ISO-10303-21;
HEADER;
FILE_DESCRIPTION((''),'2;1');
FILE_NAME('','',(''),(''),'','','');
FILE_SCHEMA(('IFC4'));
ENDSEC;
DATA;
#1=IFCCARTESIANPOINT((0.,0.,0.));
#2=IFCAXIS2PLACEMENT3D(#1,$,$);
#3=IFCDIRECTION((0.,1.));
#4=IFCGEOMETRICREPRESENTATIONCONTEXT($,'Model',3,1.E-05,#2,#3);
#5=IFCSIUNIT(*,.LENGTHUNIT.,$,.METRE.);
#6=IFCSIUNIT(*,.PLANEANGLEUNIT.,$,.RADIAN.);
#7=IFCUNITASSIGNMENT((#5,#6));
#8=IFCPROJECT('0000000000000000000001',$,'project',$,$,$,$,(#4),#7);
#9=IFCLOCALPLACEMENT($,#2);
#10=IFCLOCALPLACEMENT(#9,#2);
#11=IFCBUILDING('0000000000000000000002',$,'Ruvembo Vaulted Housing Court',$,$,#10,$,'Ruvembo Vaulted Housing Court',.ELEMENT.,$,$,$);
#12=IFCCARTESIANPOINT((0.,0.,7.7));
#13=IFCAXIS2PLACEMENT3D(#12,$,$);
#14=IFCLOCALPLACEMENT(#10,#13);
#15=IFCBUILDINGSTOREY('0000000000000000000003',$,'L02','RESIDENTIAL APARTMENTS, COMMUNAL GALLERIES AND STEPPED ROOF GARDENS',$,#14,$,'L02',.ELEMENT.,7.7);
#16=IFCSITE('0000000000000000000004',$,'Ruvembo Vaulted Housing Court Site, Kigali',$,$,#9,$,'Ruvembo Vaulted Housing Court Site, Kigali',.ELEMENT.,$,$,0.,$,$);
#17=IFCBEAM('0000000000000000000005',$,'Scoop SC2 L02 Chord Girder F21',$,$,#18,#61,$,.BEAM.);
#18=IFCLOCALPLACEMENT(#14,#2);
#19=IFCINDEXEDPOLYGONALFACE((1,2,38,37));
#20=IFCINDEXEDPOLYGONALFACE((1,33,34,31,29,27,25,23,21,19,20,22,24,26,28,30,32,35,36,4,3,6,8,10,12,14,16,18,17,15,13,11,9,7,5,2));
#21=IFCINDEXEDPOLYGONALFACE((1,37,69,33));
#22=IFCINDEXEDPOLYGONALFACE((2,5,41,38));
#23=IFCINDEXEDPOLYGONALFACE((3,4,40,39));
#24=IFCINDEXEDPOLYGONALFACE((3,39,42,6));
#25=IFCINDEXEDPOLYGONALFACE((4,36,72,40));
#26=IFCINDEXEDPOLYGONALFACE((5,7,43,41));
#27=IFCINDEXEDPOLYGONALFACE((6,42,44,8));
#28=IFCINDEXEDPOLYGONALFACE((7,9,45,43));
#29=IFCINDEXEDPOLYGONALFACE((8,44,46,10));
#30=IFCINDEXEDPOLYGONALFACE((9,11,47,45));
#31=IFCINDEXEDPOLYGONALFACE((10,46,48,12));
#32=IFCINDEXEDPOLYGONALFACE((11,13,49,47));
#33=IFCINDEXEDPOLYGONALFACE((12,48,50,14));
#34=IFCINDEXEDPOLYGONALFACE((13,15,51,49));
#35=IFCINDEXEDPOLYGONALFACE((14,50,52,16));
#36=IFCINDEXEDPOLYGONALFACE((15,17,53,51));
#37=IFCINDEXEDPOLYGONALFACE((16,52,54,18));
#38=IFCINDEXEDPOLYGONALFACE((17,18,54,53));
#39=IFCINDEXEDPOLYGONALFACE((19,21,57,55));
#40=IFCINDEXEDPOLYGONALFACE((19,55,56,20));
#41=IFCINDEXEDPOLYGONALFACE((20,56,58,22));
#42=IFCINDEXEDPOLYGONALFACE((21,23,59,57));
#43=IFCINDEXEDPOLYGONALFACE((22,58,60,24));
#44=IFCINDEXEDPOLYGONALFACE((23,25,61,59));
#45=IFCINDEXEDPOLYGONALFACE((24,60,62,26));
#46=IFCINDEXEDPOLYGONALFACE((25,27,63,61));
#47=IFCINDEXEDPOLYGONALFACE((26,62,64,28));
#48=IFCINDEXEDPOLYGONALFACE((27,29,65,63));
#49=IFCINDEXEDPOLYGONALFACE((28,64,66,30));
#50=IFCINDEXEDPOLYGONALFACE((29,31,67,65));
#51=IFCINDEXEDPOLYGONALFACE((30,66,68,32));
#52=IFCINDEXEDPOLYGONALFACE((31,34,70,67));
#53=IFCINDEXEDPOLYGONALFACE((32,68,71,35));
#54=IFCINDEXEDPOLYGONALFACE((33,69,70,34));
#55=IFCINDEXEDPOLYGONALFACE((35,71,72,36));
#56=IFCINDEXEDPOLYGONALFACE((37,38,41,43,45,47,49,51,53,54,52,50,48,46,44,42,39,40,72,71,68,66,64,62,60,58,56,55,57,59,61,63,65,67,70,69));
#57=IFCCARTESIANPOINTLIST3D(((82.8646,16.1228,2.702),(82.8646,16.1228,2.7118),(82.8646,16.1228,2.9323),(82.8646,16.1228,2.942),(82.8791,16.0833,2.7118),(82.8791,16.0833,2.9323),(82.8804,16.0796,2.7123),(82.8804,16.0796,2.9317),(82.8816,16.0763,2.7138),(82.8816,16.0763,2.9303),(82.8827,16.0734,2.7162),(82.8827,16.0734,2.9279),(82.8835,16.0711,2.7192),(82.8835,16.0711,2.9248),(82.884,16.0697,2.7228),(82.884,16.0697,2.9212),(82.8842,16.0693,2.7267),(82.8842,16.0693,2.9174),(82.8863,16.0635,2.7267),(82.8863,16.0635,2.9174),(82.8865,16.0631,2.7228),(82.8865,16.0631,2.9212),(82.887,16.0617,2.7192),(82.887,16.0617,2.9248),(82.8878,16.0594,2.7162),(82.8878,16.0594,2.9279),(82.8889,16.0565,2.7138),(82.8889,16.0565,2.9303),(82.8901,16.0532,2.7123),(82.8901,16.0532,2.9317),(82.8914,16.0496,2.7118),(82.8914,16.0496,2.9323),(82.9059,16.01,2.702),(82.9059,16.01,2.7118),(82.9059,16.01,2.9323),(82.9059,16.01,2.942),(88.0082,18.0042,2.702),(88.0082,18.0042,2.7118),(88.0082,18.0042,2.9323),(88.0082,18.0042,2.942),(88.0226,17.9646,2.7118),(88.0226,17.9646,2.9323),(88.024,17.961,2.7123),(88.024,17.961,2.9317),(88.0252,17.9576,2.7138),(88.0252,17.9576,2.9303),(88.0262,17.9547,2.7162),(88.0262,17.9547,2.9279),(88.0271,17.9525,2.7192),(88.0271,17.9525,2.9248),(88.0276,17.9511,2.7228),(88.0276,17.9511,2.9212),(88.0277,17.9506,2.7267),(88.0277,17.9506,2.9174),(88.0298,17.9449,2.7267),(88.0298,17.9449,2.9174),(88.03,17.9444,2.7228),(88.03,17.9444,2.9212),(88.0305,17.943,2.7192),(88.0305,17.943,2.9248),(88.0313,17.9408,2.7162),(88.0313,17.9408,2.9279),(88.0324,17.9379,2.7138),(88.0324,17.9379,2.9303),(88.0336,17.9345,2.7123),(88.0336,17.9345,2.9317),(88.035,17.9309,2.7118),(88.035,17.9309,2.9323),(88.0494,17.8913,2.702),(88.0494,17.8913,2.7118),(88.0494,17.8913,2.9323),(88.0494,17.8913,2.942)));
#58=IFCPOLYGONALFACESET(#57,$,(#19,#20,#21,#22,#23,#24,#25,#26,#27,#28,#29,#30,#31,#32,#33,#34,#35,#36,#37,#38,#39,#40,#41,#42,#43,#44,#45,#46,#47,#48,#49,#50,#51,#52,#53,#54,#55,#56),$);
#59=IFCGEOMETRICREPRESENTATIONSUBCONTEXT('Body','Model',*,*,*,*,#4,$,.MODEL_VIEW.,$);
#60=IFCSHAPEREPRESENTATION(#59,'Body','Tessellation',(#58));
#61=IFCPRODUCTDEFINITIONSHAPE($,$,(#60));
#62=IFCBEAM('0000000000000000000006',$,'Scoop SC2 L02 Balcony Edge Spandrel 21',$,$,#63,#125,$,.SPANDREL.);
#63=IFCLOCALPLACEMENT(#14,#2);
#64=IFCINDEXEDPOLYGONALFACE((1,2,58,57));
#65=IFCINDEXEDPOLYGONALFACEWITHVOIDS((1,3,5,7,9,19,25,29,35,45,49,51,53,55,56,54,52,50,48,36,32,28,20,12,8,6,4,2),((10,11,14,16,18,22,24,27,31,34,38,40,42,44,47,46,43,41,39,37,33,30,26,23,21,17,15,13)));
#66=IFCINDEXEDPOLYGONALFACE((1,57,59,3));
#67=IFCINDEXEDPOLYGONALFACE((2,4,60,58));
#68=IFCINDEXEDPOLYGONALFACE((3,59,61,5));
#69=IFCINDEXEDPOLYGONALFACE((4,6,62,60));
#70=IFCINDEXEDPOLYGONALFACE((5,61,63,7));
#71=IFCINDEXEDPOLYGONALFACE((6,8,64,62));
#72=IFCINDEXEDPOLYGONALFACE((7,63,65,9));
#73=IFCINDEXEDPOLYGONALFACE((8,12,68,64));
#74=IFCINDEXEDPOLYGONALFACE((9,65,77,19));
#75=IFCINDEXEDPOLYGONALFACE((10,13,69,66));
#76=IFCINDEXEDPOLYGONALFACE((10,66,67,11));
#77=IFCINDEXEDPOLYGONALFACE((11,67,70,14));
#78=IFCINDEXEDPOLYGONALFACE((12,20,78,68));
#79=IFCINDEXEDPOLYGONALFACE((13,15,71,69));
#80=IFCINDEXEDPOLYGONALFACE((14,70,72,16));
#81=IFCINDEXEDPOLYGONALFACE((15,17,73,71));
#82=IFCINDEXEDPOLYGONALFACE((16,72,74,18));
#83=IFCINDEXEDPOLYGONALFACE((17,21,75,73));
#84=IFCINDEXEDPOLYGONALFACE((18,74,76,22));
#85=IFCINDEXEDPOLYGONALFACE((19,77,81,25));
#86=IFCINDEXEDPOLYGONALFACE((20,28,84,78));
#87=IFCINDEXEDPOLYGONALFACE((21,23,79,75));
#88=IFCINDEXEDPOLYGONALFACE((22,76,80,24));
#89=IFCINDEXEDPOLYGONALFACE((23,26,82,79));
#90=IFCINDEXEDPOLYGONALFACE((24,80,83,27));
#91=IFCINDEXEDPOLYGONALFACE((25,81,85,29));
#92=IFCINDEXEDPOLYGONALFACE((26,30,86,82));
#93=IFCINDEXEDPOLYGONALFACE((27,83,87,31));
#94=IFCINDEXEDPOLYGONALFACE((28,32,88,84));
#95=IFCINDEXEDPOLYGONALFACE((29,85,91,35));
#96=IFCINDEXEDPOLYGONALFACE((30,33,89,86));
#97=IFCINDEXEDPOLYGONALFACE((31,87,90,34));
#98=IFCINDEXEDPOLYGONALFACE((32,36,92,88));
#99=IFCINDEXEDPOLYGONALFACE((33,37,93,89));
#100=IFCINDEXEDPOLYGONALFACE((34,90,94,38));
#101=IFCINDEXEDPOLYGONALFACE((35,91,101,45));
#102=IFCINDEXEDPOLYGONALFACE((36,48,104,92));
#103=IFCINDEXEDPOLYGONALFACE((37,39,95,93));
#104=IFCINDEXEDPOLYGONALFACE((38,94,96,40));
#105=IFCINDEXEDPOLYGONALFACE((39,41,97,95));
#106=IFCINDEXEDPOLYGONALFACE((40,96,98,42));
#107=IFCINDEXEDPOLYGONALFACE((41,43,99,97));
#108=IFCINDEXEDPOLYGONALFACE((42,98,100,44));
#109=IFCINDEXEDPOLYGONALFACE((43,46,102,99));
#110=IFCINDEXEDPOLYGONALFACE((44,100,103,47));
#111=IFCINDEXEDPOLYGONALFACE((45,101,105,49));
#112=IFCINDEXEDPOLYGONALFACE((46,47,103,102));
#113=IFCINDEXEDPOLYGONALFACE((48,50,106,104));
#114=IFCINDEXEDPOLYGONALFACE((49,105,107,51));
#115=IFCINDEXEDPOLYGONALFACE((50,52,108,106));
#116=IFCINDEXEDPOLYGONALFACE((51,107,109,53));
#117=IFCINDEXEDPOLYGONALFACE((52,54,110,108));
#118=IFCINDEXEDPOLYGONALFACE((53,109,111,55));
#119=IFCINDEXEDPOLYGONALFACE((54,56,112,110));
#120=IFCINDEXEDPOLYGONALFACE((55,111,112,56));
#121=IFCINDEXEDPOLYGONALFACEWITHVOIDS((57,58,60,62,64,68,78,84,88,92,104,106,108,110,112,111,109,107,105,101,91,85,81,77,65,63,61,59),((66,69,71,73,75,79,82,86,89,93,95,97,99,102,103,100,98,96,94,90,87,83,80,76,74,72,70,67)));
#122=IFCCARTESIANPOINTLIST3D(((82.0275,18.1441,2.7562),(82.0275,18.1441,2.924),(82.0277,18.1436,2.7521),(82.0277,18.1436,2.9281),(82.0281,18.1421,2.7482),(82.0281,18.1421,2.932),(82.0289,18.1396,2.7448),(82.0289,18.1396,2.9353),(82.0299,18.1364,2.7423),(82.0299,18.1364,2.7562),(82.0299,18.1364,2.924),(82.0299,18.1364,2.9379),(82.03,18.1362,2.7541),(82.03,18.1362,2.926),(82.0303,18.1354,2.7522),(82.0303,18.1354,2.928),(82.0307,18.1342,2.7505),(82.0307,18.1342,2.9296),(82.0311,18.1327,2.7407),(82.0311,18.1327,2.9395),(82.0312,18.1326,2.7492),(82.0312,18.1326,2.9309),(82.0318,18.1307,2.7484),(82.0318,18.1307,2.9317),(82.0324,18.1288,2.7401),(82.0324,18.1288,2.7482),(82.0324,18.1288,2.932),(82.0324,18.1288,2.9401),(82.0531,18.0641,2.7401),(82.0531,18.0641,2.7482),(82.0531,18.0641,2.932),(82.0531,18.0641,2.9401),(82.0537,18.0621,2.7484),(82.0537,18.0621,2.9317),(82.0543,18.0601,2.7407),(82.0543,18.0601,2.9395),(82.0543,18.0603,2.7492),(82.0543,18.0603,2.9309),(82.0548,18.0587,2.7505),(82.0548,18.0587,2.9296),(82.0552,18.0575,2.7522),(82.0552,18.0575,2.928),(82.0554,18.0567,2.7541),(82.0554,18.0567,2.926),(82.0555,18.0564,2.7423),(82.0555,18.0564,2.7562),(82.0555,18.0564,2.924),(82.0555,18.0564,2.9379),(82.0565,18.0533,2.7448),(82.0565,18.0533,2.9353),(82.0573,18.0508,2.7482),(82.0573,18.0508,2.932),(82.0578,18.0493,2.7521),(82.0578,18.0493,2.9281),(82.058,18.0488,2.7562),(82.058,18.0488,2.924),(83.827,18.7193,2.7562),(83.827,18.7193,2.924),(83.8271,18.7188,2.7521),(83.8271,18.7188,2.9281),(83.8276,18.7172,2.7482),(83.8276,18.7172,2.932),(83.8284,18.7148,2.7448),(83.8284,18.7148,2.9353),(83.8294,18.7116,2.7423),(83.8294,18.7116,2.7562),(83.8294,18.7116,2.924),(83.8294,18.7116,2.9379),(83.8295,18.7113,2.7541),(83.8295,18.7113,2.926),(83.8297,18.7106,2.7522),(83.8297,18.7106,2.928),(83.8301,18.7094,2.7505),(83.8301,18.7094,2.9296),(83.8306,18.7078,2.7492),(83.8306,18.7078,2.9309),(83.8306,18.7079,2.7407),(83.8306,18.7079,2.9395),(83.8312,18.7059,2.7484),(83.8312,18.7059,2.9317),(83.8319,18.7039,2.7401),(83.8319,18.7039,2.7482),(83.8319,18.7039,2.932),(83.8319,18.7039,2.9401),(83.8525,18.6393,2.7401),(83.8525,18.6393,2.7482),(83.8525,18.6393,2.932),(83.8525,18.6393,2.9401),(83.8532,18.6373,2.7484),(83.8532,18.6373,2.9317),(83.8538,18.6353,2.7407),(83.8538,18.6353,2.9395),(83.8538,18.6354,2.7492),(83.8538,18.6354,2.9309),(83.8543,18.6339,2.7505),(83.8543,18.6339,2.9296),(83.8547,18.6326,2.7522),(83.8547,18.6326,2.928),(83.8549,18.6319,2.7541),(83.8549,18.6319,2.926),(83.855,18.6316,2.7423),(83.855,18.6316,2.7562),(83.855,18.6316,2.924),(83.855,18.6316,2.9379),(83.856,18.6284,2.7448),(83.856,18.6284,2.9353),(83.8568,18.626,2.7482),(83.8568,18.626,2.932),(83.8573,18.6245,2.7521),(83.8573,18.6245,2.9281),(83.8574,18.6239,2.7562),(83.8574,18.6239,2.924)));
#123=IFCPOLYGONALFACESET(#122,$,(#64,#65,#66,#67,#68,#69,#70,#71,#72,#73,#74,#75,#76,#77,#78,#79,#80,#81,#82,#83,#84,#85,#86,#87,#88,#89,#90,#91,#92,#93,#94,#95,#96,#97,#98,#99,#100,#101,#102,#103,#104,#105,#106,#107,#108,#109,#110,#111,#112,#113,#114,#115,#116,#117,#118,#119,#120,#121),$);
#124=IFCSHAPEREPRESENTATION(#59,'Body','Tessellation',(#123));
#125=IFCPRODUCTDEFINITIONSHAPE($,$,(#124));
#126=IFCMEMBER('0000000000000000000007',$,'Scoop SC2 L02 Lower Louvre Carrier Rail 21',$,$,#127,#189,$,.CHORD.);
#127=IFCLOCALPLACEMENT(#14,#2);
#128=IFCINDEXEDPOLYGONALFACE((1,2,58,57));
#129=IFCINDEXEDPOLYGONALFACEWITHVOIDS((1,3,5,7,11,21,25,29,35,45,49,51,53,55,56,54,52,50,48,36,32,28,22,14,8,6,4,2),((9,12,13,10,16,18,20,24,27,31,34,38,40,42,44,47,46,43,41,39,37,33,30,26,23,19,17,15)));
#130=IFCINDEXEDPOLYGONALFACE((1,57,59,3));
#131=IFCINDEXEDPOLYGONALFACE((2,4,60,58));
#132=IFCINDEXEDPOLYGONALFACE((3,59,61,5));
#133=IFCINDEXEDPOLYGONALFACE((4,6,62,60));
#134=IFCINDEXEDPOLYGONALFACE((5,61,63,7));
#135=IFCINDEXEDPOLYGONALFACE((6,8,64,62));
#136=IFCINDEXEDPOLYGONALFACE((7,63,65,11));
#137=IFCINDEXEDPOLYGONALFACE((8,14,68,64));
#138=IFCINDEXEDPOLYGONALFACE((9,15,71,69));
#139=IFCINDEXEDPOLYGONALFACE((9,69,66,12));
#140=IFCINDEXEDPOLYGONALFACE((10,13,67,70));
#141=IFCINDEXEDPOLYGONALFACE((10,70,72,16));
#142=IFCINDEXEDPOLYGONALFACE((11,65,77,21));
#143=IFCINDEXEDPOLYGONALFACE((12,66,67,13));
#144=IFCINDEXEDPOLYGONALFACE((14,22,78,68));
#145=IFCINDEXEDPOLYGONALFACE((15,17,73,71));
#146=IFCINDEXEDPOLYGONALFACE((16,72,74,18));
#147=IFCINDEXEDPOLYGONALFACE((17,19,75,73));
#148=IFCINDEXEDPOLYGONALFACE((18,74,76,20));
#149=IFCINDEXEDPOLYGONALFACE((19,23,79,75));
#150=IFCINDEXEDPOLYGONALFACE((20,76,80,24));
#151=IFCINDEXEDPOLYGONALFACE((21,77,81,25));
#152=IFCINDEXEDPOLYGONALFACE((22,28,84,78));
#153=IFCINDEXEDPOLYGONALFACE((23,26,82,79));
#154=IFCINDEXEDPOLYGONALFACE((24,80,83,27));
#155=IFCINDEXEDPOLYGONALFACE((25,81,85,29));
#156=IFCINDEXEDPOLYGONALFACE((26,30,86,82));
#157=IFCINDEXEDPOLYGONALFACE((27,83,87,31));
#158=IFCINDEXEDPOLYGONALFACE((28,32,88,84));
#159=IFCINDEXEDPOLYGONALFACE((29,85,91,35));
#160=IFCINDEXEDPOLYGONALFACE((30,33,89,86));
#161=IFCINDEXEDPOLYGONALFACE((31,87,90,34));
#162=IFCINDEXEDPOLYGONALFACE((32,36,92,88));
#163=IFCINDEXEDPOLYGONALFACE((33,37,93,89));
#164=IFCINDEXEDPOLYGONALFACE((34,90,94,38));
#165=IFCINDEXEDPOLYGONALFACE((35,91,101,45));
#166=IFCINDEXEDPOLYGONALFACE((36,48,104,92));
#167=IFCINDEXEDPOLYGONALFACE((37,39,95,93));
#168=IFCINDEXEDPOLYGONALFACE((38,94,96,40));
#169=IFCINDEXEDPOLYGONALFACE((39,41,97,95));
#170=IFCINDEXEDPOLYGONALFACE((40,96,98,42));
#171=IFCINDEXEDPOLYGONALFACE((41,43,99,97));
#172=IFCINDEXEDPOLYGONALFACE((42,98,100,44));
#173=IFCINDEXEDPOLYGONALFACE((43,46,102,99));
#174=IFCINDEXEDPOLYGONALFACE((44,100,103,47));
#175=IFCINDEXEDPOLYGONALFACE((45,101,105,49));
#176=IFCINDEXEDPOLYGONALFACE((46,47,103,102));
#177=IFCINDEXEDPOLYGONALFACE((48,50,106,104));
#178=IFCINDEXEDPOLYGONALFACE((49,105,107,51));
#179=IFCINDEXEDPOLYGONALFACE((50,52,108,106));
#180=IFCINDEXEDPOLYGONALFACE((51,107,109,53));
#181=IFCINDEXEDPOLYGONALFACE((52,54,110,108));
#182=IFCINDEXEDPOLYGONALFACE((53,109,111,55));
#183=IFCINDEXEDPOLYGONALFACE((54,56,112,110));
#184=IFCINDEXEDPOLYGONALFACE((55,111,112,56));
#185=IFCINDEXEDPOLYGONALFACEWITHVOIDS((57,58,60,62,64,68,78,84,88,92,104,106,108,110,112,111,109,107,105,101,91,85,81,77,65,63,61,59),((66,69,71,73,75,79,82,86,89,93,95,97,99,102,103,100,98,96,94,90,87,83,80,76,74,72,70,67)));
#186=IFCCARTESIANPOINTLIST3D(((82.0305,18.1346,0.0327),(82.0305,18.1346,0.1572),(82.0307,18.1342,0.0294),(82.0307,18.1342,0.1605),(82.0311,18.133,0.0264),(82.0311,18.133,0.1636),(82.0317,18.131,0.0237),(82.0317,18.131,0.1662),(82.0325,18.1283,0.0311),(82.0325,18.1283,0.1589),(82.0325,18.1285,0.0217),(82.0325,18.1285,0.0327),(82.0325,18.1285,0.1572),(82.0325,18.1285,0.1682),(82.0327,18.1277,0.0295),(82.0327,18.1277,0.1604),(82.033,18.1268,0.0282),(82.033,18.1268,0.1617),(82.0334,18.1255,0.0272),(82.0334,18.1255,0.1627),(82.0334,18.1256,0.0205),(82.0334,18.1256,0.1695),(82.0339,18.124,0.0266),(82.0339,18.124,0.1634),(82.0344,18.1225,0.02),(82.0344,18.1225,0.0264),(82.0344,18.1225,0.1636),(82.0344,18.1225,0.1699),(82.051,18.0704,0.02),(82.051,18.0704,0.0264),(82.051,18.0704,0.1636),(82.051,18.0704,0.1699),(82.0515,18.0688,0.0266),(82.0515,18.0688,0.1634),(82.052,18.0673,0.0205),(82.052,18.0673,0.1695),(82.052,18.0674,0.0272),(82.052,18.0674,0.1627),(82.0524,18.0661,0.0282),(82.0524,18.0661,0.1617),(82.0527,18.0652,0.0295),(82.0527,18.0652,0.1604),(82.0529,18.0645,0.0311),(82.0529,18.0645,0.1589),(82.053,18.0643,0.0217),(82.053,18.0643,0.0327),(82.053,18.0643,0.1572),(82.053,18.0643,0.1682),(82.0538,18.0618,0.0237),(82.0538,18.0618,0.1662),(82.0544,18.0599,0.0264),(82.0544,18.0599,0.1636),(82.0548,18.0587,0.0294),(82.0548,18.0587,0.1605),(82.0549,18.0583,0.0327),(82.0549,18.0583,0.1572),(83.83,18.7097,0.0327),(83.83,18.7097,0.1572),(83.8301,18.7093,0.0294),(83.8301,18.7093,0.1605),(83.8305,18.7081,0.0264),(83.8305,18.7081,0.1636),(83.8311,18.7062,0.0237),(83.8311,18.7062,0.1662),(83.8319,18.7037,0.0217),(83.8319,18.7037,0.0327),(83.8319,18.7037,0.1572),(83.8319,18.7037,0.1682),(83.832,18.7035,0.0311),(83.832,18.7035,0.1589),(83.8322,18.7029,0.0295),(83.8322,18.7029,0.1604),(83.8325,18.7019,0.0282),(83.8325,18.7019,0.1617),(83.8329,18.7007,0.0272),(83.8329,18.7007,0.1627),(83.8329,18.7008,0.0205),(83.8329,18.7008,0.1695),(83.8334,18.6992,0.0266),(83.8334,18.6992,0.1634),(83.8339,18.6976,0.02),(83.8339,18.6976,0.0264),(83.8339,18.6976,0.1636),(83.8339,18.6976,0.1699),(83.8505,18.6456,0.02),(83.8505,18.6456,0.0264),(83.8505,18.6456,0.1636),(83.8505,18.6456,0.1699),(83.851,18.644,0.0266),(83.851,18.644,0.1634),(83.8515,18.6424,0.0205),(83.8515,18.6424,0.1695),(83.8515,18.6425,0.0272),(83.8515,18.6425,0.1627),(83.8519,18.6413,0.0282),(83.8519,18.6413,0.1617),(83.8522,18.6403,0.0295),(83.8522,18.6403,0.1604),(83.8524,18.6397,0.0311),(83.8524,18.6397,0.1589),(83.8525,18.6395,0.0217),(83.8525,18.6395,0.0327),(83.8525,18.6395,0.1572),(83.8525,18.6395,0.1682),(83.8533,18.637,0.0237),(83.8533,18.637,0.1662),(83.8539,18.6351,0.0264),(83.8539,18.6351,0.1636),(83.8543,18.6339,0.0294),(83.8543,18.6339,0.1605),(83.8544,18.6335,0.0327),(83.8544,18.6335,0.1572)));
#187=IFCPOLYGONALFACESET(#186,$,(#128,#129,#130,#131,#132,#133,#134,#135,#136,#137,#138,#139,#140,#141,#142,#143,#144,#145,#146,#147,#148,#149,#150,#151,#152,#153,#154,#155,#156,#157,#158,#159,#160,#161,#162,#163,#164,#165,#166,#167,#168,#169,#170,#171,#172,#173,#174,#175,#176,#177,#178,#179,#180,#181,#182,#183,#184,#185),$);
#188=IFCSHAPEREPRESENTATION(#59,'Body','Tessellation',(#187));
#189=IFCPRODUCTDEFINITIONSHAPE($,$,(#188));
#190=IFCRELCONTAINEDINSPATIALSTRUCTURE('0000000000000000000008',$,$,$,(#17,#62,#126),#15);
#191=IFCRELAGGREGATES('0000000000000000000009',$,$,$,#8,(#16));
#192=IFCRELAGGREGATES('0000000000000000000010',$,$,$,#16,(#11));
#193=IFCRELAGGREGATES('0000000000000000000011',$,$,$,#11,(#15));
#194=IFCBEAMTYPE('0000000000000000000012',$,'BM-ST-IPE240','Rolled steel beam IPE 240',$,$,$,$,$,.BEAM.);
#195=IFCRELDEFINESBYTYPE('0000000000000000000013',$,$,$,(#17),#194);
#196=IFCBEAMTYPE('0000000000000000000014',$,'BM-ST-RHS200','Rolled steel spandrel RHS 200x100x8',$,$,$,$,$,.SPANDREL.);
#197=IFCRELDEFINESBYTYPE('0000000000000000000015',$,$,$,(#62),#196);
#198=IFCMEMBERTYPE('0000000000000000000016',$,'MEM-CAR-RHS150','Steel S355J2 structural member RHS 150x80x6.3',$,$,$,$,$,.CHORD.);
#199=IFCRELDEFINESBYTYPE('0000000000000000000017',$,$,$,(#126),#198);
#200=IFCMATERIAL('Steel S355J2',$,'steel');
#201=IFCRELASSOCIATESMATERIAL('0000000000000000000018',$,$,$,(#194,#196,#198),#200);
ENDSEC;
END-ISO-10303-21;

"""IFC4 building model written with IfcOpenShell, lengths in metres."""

from ifc_helpers import new_model, si_unit, direction, frame, origin, origin_2d, place, context, subcontext, project, spatial, hollow_rectangle, i_section, extrude, material, material_profile, profile_set, type_object, element, save


model = new_model("IFC4")

# Units and contexts
model_context = context("Model", 3, precision=1e-05, world=origin(), true_north=direction((0.0, 1.0)))
body_context = subcontext(model_context, "Body", "Model", "MODEL_VIEW")
ifc_project = project(units=[si_unit("LENGTHUNIT", "METRE"), si_unit("PLANEANGLEUNIT", "RADIAN")], contexts=[model_context])

# Site, building, storey
site_placement = place(None, origin())
site = spatial("IfcSite", under=ifc_project, at=site_placement, Name="Ruvembo Vaulted Housing Court Site, Kigali", LongName="Ruvembo Vaulted Housing Court Site, Kigali", CompositionType="ELEMENT", RefElevation=0.0)
building_placement = place(site_placement, origin())
building = spatial("IfcBuilding", under=site, at=building_placement, Name="Ruvembo Vaulted Housing Court", LongName="Ruvembo Vaulted Housing Court", CompositionType="ELEMENT")
storey_placement = place(building_placement, frame((0.0, 0.0, 7.7)))
storey = spatial("IfcBuildingStorey", under=building, at=storey_placement, Name="L02", Description="RESIDENTIAL APARTMENTS, COMMUNAL GALLERIES AND STEPPED ROOF GARDENS", LongName="L02", CompositionType="ELEMENT", Elevation=7.7)

# Beams
ifc_material_1 = material(Name="Steel S355J2", Category="steel")
ifc_material_profile_1 = material_profile(ifc_material_1, i_section(OverallWidth=0.1201, OverallDepth=0.24, WebThickness=0.0061, FlangeThickness=0.0098, FilletRadius=0.0149, at=origin_2d()), Name="IPE 240")
ifc_profile_set_1 = profile_set([ifc_material_profile_1], Name="Steel S355J2")
beam_type_1 = type_object("IfcBeamType", Name="BM-ST-IPE240", Description="Rolled steel beam IPE 240", PredefinedType="BEAM", material=ifc_profile_set_1)
beam_1_placement = place(storey_placement, frame((82.8853, 16.0664, 2.822), z_axis=(0.939149, 0.343511, 0.0), x_axis=(-0.343511, 0.939149, 0.0)))
element("IfcBeam", 1, at=beam_1_placement, inside=storey, type_object=beam_type_1, Name="Scoop SC2 L02 Chord Girder F21", PredefinedType="BEAM", context=body_context, shape_type="SweptSolid", body=[
    extrude(i_section(OverallWidth=0.1201, OverallDepth=0.24, WebThickness=0.0061, FlangeThickness=0.0098, FilletRadius=0.0149, at=origin_2d()), origin(), (0.0, 0.0, 1.0), 5.4768),
])
ifc_material_profile_2 = material_profile(ifc_material_1, hollow_rectangle(XDim=0.1001, YDim=0.2, WallThickness=0.0081, InnerFilletRadius=0.0081, OuterFilletRadius=0.0161, at=origin_2d()), Name="RHS 200x100x8")
ifc_profile_set_2 = profile_set([ifc_material_profile_2], Name="Steel S355J2")
beam_type_2 = type_object("IfcBeamType", Name="BM-ST-RHS200", Description="Rolled steel spandrel RHS 200x100x8", PredefinedType="SPANDREL", material=ifc_profile_set_2)
beam_2_placement = place(storey_placement, frame((82.0427, 18.0964, 2.8401), z_axis=(0.952526, 0.304457, 0.0), x_axis=(-0.304457, 0.952526, 0.0)))
element("IfcBeam", 2, at=beam_2_placement, inside=storey, type_object=beam_type_2, Name="Scoop SC2 L02 Balcony Edge Spandrel 21", PredefinedType="SPANDREL", context=body_context, shape_type="SweptSolid", body=[
    extrude(hollow_rectangle(XDim=0.1001, YDim=0.2, WallThickness=0.0081, InnerFilletRadius=0.0081, OuterFilletRadius=0.0161, at=origin_2d()), origin(), (0.0, 0.0, 1.0), 1.8892),
])

# Member
ifc_material_profile_3 = material_profile(ifc_material_1, hollow_rectangle(XDim=0.0801, YDim=0.1499, WallThickness=0.0063, InnerFilletRadius=0.0063, OuterFilletRadius=0.0127, at=origin_2d()), Name="RHS 150x80x6.3")
ifc_profile_set_3 = profile_set([ifc_material_profile_3], Name="Steel S355J2")
member_type_1 = type_object("IfcMemberType", Name="MEM-CAR-RHS150", Description="Steel S355J2 structural member RHS 150x80x6.3", PredefinedType="CHORD", material=ifc_profile_set_3)
member_1_placement = place(storey_placement, frame((82.0427, 18.0964, 0.095), z_axis=(0.952526, 0.304457, 0.0), x_axis=(-0.304457, 0.952526, 0.0)))
element("IfcMember", 3, at=member_1_placement, inside=storey, type_object=member_type_1, Name="Scoop SC2 L02 Lower Louvre Carrier Rail 21", PredefinedType="CHORD", context=body_context, shape_type="SweptSolid", body=[
    extrude(hollow_rectangle(XDim=0.0801, YDim=0.1499, WallThickness=0.0063, InnerFilletRadius=0.0063, OuterFilletRadius=0.0127, at=origin_2d()), origin(), (0.0, 0.0, 1.0), 1.8892),
])

save(model, "model.ifc")
